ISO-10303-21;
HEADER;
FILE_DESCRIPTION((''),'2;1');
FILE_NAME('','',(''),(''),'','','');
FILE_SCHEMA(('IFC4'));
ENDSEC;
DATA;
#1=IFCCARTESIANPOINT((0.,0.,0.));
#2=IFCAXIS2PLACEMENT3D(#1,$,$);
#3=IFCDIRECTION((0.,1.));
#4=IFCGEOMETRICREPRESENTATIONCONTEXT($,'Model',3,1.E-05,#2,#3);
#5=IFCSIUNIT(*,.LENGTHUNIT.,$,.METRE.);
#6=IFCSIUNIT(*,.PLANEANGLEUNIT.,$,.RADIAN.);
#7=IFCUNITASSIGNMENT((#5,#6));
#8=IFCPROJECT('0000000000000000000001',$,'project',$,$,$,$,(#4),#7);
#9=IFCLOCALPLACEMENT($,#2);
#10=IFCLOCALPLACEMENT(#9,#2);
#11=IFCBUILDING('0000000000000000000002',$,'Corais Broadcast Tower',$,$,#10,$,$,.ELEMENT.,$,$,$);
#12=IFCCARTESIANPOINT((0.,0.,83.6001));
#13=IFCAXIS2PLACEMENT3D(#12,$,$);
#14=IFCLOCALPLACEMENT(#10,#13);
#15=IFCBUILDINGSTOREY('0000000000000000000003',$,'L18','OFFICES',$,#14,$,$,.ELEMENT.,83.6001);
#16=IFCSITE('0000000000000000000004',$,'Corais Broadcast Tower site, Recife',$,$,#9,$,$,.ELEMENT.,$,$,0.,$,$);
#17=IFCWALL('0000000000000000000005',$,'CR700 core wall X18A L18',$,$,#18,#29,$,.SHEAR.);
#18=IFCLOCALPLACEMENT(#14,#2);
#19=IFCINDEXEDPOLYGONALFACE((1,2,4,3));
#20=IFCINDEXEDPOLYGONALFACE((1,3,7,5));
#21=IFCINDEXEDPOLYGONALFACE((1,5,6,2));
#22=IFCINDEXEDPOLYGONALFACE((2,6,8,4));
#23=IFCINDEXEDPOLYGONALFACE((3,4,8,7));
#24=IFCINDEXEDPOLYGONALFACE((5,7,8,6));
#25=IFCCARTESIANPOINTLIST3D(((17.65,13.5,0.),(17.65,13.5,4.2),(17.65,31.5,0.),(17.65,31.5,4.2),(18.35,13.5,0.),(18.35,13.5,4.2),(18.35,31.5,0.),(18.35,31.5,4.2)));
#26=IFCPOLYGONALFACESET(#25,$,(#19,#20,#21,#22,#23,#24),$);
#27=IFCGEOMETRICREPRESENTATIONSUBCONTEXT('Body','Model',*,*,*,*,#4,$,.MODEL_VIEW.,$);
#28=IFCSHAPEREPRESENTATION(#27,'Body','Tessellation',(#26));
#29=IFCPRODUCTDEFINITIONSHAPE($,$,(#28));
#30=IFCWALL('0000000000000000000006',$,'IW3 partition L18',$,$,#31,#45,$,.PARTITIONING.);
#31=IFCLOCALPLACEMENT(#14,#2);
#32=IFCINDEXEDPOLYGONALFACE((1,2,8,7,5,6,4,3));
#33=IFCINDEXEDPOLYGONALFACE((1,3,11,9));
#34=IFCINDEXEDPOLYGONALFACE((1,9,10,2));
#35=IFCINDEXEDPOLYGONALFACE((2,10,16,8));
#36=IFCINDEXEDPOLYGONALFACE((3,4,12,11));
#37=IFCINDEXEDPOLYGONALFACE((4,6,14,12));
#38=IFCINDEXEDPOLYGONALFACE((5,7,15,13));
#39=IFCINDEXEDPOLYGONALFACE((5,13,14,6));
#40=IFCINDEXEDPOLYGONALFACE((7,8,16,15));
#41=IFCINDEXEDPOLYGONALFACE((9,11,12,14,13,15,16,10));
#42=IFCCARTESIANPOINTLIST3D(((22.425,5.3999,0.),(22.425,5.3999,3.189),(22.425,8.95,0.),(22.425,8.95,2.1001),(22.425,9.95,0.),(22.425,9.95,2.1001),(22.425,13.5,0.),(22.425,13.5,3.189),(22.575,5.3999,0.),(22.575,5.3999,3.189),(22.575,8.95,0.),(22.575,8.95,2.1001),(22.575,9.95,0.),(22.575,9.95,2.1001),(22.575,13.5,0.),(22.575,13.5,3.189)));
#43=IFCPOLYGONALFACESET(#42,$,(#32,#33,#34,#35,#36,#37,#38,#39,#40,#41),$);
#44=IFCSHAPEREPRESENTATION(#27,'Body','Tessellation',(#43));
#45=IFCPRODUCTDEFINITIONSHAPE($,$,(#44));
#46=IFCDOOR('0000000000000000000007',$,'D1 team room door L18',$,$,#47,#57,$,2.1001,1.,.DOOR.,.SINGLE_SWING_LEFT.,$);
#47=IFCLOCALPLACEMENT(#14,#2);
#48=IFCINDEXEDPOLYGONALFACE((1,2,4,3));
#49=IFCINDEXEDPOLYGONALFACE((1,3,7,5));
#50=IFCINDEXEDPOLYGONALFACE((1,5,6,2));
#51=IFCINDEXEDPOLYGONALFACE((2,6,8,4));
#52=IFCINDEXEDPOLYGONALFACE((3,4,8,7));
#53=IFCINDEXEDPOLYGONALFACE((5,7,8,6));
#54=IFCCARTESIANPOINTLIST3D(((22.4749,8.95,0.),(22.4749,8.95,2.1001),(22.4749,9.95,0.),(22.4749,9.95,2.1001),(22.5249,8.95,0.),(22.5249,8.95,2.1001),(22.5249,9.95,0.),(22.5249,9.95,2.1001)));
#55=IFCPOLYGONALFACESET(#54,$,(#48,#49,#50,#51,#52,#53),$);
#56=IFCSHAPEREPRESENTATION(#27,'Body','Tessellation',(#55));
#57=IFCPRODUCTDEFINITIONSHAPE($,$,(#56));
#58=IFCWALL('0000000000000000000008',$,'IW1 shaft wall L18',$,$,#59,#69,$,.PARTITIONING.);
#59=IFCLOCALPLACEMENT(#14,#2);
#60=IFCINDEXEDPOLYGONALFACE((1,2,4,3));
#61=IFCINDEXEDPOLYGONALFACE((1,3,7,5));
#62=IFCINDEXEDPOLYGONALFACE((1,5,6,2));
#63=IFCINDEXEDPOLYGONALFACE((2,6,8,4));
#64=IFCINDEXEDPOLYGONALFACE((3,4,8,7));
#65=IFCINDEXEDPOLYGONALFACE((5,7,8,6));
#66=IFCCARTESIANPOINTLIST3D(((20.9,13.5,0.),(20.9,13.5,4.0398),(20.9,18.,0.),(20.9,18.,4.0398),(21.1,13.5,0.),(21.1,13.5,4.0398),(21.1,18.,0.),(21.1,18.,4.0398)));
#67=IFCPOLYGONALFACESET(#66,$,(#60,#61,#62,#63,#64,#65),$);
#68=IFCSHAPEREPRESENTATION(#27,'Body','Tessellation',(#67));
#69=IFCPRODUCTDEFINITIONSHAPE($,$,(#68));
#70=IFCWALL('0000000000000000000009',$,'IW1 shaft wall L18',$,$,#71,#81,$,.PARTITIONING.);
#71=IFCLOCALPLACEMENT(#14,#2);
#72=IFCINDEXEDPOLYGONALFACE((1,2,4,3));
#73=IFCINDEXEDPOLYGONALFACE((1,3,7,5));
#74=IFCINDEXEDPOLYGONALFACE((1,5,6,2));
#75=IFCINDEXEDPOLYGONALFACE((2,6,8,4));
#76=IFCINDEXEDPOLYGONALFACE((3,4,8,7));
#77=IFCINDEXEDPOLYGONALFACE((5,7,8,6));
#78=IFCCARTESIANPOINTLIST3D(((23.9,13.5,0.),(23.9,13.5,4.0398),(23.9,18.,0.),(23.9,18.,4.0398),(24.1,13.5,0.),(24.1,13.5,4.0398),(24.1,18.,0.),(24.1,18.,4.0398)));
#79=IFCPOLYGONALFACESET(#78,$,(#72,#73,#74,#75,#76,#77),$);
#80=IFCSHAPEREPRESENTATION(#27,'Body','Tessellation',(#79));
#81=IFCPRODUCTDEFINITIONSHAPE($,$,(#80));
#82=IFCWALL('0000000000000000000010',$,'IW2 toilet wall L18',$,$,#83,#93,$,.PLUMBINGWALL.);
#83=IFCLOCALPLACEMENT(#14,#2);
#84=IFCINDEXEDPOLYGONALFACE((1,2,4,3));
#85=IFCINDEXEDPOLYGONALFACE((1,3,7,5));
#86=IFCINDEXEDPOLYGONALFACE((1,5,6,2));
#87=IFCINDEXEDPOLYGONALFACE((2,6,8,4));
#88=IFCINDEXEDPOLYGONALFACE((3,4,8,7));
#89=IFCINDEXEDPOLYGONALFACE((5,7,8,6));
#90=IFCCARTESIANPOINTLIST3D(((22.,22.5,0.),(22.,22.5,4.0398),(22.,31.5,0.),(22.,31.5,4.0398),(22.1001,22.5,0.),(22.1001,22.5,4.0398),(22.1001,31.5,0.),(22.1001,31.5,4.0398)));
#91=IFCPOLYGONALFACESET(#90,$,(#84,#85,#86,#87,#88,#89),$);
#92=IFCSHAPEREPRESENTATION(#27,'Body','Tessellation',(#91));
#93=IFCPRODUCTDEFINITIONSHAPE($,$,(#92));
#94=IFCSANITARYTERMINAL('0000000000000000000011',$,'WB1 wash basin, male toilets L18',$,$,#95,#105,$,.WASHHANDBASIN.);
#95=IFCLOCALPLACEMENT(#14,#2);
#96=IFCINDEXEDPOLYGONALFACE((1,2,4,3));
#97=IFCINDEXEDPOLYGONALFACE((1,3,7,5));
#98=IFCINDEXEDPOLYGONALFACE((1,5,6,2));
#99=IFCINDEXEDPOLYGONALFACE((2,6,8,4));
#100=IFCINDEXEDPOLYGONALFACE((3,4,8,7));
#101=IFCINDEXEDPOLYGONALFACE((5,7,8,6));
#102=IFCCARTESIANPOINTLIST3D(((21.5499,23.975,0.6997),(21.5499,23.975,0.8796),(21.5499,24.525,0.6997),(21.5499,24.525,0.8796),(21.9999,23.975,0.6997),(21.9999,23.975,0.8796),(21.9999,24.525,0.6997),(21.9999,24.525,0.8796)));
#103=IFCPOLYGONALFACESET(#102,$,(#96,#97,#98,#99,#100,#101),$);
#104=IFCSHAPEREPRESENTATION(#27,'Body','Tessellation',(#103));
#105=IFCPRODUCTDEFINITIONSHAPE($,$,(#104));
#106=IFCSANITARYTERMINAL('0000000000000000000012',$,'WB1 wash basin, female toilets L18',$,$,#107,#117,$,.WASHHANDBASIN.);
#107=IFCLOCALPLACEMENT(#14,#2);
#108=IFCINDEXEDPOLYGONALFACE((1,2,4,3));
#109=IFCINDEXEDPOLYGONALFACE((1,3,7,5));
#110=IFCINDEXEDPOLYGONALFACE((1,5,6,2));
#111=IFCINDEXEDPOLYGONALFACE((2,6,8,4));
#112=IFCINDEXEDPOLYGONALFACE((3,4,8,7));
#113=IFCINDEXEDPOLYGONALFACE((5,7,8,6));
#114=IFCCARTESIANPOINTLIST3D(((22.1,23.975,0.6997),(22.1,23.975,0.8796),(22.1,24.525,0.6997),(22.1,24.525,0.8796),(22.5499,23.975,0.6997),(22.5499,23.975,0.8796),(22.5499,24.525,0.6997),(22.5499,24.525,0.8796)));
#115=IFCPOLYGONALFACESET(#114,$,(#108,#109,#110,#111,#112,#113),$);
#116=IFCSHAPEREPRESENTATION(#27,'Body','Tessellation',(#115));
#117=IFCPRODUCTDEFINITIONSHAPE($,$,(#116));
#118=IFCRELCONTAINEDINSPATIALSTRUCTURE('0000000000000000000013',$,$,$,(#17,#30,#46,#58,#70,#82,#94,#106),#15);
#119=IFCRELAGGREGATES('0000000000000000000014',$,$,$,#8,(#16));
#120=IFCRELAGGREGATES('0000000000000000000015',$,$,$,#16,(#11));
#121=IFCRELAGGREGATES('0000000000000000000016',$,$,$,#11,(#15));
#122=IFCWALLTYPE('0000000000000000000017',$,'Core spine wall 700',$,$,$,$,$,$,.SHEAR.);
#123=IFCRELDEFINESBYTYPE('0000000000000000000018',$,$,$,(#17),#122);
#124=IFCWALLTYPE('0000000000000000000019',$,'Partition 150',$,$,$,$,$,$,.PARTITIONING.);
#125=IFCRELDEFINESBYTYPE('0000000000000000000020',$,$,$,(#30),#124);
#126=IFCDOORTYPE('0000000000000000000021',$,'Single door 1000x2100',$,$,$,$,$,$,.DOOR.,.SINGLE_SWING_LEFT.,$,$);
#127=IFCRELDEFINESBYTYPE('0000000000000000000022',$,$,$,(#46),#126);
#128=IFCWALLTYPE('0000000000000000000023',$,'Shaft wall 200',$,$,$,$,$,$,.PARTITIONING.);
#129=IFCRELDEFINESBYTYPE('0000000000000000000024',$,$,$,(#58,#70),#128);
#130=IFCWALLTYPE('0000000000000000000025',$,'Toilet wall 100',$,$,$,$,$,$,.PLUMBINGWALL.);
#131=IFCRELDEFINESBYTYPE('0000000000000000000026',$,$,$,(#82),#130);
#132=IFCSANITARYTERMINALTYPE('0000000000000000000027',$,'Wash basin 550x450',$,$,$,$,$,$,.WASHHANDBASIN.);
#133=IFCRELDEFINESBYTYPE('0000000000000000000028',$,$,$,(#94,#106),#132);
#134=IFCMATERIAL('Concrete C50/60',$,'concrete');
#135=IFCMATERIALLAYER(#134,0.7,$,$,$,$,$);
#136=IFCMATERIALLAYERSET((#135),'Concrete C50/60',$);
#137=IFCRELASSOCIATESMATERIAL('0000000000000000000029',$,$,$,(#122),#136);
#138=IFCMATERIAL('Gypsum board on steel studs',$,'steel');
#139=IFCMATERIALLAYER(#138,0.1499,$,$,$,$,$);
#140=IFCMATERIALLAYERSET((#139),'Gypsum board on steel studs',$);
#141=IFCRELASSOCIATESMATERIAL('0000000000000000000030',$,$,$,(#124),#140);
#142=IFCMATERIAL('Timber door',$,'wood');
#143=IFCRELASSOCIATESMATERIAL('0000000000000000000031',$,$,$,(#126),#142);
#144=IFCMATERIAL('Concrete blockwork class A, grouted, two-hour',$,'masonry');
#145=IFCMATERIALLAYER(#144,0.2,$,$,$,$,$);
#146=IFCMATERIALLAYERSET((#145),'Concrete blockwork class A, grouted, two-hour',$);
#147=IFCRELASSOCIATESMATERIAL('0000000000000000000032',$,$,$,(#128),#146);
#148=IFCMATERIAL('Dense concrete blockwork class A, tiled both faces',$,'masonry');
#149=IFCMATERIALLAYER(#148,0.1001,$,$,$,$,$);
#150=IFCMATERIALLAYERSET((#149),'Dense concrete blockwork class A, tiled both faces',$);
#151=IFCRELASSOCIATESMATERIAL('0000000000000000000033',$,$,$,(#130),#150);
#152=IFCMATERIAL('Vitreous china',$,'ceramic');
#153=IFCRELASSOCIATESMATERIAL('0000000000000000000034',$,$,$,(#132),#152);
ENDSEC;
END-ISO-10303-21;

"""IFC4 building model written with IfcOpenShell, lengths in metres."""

from ifc_helpers import new_model, si_unit, direction, frame, frame_2d, origin, origin_2d, place, context, subcontext, project, spatial, rectangle, extrude, material, layer, layer_set, type_object, element, fill, save


model = new_model("IFC4")

# Units and contexts
model_context = context("Model", 3, precision=1e-05, world=origin(), true_north=direction((0.0, 1.0)))
body_context = subcontext(model_context, "Body", "Model", "MODEL_VIEW")
ifc_project = project(units=[si_unit("LENGTHUNIT", "METRE"), si_unit("PLANEANGLEUNIT", "RADIAN")], contexts=[model_context])

# Site, building, storey
site_placement = place(None, origin())
site = spatial("IfcSite", under=ifc_project, at=site_placement, Name="Corais Broadcast Tower site, Recife", CompositionType="ELEMENT", RefElevation=0.0)
building_placement = place(site_placement, origin())
building = spatial("IfcBuilding", under=site, at=building_placement, Name="Corais Broadcast Tower", CompositionType="ELEMENT")
storey_placement = place(building_placement, frame((0.0, 0.0, 83.6001)))
storey = spatial("IfcBuildingStorey", under=building, at=storey_placement, Name="L18", Description="OFFICES", CompositionType="ELEMENT", Elevation=83.6001)

# Wall
ifc_material_1 = material(Name="Concrete C50/60", Category="concrete")
ifc_layer_1 = layer(ifc_material_1, 0.7)
ifc_layer_set_1 = layer_set([ifc_layer_1], Name="Concrete C50/60")
wall_type_1 = type_object("IfcWallType", Name="Core spine wall 700", PredefinedType="SHEAR", material=ifc_layer_set_1)
wall_1_placement = place(storey_placement, frame((18.0, 13.5, 0.0), z_axis=(0.0, 0.0, 1.0), x_axis=(0.0, 1.0, 0.0)))
element("IfcWall", 1, at=wall_1_placement, inside=storey, type_object=wall_type_1, Name="CR700 core wall X18A L18", PredefinedType="SHEAR", context=body_context, shape_type="SweptSolid", body=[
    extrude(rectangle(XDim=18.0, YDim=0.7, at=frame_2d((9.0, 0.0))), origin(), (0.0, 0.0, 1.0), 4.2),
])

# Wall, opening, door
ifc_material_2 = material(Name="Gypsum board on steel studs", Category="steel")
ifc_layer_2 = layer(ifc_material_2, 0.1499)
ifc_layer_set_2 = layer_set([ifc_layer_2], Name="Gypsum board on steel studs")
wall_type_2 = type_object("IfcWallType", Name="Partition 150", PredefinedType="PARTITIONING", material=ifc_layer_set_2)
wall_2_placement = place(storey_placement, frame((22.5, 13.5, 0.0), z_axis=(0.0, 0.0, 1.0), x_axis=(0.0, -1.0, 0.0)))
wall_2 = element("IfcWall", 2, at=wall_2_placement, inside=storey, type_object=wall_type_2, Name="IW3 partition L18", PredefinedType="PARTITIONING", context=body_context, shape_type="SweptSolid", body=[
    extrude(rectangle(XDim=8.1001, YDim=0.1499, at=frame_2d((4.05, 0.0))), origin(), (0.0, 0.0, 1.0), 3.189),
])
opening_placement = place(wall_2_placement, frame((3.55, 0.0, 0.0)))
opening = element("IfcOpeningElement", 3, at=opening_placement, cuts=wall_2, PredefinedType="OPENING", context=body_context, shape_type="SweptSolid", body=[
    extrude(rectangle(XDim=1.0, YDim=2.1001, at=frame_2d((0.5, 1.05))), frame((0.0, 0.085, 0.0), z_axis=(0.0, -1.0, 0.0), x_axis=(1.0, 0.0, 0.0)), (0.0, 0.0, 1.0), 0.1699),
])
ifc_material_3 = material(Name="Timber door", Category="wood")
door_type = type_object("IfcDoorType", Name="Single door 1000x2100", OperationType="SINGLE_SWING_LEFT", PredefinedType="DOOR", material=ifc_material_3)
door_placement = place(opening_placement, origin())
door = element("IfcDoor", 4, at=door_placement, inside=storey, type_object=door_type, Name="D1 team room door L18", OperationType="SINGLE_SWING_LEFT", OverallHeight=2.1001, OverallWidth=1.0, PredefinedType="DOOR", context=body_context, shape_type="SweptSolid", body=[
    extrude(rectangle(XDim=1.0, YDim=2.1001, at=frame_2d((0.5, 1.05))), frame((0.0, 0.0249, 0.0), z_axis=(0.0, -1.0, 0.0), x_axis=(1.0, 0.0, 0.0)), (0.0, 0.0, 1.0), 0.05),
])
fill(opening, door)

# Walls
ifc_material_4 = material(Name="Concrete blockwork class A, grouted, two-hour", Category="masonry")
ifc_layer_3 = layer(ifc_material_4, 0.2)
ifc_layer_set_3 = layer_set([ifc_layer_3], Name="Concrete blockwork class A, grouted, two-hour")
wall_type_3 = type_object("IfcWallType", Name="Shaft wall 200", PredefinedType="PARTITIONING", material=ifc_layer_set_3)
for number, where, z_axis, x_axis, name in (
    (5, (21.0, 13.5, 0.0), (0.0, 0.0, 1.0), (0.0, 1.0, 0.0), "IW1 shaft wall L18"),
    (6, (24.0, 13.5, 0.0), (0.0, 0.0, 1.0), (0.0, 1.0, 0.0), "IW1 shaft wall L18"),
):
    element("IfcWall", number, at=place(storey_placement, frame(where, z_axis=z_axis, x_axis=x_axis)), inside=storey, type_object=wall_type_3, Name=name, PredefinedType="PARTITIONING", context=body_context, shape_type="SweptSolid", body=[
        extrude(rectangle(XDim=4.5, YDim=0.2, at=frame_2d((2.25, 0.0))), origin(), (0.0, 0.0, 1.0), 4.0398),
    ])
ifc_material_5 = material(Name="Dense concrete blockwork class A, tiled both faces", Category="masonry")
ifc_layer_4 = layer(ifc_material_5, 0.1001)
ifc_layer_set_4 = layer_set([ifc_layer_4], Name="Dense concrete blockwork class A, tiled both faces")
wall_type_4 = type_object("IfcWallType", Name="Toilet wall 100", PredefinedType="PLUMBINGWALL", material=ifc_layer_set_4)
wall_3_placement = place(storey_placement, frame((22.05, 22.5, 0.0), z_axis=(0.0, 0.0, 1.0), x_axis=(0.0, 1.0, 0.0)))
element("IfcWall", 7, at=wall_3_placement, inside=storey, type_object=wall_type_4, Name="IW2 toilet wall L18", PredefinedType="PLUMBINGWALL", context=body_context, shape_type="SweptSolid", body=[
    extrude(rectangle(XDim=9.0, YDim=0.1001, at=frame_2d((4.5, 0.0))), origin(), (0.0, 0.0, 1.0), 4.0398),
])

# Sanitary terminals
ifc_material_6 = material(Name="Vitreous china", Category="ceramic")
sanitary_terminal_type = type_object("IfcSanitaryTerminalType", Name="Wash basin 550x450", PredefinedType="WASHHANDBASIN", material=ifc_material_6)
for number, where, z_axis, x_axis, name in (
    (8, (21.7749, 24.25, 0.6997), (0.0, 0.0, 1.0), (1.0, 0.0, 0.0), "WB1 wash basin, male toilets L18"),
    (9, (22.325, 24.25, 0.6997), (0.0, 0.0, 1.0), (1.0, 0.0, 0.0), "WB1 wash basin, female toilets L18"),
):
    element("IfcSanitaryTerminal", number, at=place(storey_placement, frame(where, z_axis=z_axis, x_axis=x_axis)), inside=storey, type_object=sanitary_terminal_type, Name=name, PredefinedType="WASHHANDBASIN", context=body_context, shape_type="SweptSolid", body=[
        extrude(rectangle(XDim=0.45, YDim=0.55, at=origin_2d()), origin(), (0.0, 0.0, 1.0), 0.1799),
    ])

save(model, "model.ifc")
